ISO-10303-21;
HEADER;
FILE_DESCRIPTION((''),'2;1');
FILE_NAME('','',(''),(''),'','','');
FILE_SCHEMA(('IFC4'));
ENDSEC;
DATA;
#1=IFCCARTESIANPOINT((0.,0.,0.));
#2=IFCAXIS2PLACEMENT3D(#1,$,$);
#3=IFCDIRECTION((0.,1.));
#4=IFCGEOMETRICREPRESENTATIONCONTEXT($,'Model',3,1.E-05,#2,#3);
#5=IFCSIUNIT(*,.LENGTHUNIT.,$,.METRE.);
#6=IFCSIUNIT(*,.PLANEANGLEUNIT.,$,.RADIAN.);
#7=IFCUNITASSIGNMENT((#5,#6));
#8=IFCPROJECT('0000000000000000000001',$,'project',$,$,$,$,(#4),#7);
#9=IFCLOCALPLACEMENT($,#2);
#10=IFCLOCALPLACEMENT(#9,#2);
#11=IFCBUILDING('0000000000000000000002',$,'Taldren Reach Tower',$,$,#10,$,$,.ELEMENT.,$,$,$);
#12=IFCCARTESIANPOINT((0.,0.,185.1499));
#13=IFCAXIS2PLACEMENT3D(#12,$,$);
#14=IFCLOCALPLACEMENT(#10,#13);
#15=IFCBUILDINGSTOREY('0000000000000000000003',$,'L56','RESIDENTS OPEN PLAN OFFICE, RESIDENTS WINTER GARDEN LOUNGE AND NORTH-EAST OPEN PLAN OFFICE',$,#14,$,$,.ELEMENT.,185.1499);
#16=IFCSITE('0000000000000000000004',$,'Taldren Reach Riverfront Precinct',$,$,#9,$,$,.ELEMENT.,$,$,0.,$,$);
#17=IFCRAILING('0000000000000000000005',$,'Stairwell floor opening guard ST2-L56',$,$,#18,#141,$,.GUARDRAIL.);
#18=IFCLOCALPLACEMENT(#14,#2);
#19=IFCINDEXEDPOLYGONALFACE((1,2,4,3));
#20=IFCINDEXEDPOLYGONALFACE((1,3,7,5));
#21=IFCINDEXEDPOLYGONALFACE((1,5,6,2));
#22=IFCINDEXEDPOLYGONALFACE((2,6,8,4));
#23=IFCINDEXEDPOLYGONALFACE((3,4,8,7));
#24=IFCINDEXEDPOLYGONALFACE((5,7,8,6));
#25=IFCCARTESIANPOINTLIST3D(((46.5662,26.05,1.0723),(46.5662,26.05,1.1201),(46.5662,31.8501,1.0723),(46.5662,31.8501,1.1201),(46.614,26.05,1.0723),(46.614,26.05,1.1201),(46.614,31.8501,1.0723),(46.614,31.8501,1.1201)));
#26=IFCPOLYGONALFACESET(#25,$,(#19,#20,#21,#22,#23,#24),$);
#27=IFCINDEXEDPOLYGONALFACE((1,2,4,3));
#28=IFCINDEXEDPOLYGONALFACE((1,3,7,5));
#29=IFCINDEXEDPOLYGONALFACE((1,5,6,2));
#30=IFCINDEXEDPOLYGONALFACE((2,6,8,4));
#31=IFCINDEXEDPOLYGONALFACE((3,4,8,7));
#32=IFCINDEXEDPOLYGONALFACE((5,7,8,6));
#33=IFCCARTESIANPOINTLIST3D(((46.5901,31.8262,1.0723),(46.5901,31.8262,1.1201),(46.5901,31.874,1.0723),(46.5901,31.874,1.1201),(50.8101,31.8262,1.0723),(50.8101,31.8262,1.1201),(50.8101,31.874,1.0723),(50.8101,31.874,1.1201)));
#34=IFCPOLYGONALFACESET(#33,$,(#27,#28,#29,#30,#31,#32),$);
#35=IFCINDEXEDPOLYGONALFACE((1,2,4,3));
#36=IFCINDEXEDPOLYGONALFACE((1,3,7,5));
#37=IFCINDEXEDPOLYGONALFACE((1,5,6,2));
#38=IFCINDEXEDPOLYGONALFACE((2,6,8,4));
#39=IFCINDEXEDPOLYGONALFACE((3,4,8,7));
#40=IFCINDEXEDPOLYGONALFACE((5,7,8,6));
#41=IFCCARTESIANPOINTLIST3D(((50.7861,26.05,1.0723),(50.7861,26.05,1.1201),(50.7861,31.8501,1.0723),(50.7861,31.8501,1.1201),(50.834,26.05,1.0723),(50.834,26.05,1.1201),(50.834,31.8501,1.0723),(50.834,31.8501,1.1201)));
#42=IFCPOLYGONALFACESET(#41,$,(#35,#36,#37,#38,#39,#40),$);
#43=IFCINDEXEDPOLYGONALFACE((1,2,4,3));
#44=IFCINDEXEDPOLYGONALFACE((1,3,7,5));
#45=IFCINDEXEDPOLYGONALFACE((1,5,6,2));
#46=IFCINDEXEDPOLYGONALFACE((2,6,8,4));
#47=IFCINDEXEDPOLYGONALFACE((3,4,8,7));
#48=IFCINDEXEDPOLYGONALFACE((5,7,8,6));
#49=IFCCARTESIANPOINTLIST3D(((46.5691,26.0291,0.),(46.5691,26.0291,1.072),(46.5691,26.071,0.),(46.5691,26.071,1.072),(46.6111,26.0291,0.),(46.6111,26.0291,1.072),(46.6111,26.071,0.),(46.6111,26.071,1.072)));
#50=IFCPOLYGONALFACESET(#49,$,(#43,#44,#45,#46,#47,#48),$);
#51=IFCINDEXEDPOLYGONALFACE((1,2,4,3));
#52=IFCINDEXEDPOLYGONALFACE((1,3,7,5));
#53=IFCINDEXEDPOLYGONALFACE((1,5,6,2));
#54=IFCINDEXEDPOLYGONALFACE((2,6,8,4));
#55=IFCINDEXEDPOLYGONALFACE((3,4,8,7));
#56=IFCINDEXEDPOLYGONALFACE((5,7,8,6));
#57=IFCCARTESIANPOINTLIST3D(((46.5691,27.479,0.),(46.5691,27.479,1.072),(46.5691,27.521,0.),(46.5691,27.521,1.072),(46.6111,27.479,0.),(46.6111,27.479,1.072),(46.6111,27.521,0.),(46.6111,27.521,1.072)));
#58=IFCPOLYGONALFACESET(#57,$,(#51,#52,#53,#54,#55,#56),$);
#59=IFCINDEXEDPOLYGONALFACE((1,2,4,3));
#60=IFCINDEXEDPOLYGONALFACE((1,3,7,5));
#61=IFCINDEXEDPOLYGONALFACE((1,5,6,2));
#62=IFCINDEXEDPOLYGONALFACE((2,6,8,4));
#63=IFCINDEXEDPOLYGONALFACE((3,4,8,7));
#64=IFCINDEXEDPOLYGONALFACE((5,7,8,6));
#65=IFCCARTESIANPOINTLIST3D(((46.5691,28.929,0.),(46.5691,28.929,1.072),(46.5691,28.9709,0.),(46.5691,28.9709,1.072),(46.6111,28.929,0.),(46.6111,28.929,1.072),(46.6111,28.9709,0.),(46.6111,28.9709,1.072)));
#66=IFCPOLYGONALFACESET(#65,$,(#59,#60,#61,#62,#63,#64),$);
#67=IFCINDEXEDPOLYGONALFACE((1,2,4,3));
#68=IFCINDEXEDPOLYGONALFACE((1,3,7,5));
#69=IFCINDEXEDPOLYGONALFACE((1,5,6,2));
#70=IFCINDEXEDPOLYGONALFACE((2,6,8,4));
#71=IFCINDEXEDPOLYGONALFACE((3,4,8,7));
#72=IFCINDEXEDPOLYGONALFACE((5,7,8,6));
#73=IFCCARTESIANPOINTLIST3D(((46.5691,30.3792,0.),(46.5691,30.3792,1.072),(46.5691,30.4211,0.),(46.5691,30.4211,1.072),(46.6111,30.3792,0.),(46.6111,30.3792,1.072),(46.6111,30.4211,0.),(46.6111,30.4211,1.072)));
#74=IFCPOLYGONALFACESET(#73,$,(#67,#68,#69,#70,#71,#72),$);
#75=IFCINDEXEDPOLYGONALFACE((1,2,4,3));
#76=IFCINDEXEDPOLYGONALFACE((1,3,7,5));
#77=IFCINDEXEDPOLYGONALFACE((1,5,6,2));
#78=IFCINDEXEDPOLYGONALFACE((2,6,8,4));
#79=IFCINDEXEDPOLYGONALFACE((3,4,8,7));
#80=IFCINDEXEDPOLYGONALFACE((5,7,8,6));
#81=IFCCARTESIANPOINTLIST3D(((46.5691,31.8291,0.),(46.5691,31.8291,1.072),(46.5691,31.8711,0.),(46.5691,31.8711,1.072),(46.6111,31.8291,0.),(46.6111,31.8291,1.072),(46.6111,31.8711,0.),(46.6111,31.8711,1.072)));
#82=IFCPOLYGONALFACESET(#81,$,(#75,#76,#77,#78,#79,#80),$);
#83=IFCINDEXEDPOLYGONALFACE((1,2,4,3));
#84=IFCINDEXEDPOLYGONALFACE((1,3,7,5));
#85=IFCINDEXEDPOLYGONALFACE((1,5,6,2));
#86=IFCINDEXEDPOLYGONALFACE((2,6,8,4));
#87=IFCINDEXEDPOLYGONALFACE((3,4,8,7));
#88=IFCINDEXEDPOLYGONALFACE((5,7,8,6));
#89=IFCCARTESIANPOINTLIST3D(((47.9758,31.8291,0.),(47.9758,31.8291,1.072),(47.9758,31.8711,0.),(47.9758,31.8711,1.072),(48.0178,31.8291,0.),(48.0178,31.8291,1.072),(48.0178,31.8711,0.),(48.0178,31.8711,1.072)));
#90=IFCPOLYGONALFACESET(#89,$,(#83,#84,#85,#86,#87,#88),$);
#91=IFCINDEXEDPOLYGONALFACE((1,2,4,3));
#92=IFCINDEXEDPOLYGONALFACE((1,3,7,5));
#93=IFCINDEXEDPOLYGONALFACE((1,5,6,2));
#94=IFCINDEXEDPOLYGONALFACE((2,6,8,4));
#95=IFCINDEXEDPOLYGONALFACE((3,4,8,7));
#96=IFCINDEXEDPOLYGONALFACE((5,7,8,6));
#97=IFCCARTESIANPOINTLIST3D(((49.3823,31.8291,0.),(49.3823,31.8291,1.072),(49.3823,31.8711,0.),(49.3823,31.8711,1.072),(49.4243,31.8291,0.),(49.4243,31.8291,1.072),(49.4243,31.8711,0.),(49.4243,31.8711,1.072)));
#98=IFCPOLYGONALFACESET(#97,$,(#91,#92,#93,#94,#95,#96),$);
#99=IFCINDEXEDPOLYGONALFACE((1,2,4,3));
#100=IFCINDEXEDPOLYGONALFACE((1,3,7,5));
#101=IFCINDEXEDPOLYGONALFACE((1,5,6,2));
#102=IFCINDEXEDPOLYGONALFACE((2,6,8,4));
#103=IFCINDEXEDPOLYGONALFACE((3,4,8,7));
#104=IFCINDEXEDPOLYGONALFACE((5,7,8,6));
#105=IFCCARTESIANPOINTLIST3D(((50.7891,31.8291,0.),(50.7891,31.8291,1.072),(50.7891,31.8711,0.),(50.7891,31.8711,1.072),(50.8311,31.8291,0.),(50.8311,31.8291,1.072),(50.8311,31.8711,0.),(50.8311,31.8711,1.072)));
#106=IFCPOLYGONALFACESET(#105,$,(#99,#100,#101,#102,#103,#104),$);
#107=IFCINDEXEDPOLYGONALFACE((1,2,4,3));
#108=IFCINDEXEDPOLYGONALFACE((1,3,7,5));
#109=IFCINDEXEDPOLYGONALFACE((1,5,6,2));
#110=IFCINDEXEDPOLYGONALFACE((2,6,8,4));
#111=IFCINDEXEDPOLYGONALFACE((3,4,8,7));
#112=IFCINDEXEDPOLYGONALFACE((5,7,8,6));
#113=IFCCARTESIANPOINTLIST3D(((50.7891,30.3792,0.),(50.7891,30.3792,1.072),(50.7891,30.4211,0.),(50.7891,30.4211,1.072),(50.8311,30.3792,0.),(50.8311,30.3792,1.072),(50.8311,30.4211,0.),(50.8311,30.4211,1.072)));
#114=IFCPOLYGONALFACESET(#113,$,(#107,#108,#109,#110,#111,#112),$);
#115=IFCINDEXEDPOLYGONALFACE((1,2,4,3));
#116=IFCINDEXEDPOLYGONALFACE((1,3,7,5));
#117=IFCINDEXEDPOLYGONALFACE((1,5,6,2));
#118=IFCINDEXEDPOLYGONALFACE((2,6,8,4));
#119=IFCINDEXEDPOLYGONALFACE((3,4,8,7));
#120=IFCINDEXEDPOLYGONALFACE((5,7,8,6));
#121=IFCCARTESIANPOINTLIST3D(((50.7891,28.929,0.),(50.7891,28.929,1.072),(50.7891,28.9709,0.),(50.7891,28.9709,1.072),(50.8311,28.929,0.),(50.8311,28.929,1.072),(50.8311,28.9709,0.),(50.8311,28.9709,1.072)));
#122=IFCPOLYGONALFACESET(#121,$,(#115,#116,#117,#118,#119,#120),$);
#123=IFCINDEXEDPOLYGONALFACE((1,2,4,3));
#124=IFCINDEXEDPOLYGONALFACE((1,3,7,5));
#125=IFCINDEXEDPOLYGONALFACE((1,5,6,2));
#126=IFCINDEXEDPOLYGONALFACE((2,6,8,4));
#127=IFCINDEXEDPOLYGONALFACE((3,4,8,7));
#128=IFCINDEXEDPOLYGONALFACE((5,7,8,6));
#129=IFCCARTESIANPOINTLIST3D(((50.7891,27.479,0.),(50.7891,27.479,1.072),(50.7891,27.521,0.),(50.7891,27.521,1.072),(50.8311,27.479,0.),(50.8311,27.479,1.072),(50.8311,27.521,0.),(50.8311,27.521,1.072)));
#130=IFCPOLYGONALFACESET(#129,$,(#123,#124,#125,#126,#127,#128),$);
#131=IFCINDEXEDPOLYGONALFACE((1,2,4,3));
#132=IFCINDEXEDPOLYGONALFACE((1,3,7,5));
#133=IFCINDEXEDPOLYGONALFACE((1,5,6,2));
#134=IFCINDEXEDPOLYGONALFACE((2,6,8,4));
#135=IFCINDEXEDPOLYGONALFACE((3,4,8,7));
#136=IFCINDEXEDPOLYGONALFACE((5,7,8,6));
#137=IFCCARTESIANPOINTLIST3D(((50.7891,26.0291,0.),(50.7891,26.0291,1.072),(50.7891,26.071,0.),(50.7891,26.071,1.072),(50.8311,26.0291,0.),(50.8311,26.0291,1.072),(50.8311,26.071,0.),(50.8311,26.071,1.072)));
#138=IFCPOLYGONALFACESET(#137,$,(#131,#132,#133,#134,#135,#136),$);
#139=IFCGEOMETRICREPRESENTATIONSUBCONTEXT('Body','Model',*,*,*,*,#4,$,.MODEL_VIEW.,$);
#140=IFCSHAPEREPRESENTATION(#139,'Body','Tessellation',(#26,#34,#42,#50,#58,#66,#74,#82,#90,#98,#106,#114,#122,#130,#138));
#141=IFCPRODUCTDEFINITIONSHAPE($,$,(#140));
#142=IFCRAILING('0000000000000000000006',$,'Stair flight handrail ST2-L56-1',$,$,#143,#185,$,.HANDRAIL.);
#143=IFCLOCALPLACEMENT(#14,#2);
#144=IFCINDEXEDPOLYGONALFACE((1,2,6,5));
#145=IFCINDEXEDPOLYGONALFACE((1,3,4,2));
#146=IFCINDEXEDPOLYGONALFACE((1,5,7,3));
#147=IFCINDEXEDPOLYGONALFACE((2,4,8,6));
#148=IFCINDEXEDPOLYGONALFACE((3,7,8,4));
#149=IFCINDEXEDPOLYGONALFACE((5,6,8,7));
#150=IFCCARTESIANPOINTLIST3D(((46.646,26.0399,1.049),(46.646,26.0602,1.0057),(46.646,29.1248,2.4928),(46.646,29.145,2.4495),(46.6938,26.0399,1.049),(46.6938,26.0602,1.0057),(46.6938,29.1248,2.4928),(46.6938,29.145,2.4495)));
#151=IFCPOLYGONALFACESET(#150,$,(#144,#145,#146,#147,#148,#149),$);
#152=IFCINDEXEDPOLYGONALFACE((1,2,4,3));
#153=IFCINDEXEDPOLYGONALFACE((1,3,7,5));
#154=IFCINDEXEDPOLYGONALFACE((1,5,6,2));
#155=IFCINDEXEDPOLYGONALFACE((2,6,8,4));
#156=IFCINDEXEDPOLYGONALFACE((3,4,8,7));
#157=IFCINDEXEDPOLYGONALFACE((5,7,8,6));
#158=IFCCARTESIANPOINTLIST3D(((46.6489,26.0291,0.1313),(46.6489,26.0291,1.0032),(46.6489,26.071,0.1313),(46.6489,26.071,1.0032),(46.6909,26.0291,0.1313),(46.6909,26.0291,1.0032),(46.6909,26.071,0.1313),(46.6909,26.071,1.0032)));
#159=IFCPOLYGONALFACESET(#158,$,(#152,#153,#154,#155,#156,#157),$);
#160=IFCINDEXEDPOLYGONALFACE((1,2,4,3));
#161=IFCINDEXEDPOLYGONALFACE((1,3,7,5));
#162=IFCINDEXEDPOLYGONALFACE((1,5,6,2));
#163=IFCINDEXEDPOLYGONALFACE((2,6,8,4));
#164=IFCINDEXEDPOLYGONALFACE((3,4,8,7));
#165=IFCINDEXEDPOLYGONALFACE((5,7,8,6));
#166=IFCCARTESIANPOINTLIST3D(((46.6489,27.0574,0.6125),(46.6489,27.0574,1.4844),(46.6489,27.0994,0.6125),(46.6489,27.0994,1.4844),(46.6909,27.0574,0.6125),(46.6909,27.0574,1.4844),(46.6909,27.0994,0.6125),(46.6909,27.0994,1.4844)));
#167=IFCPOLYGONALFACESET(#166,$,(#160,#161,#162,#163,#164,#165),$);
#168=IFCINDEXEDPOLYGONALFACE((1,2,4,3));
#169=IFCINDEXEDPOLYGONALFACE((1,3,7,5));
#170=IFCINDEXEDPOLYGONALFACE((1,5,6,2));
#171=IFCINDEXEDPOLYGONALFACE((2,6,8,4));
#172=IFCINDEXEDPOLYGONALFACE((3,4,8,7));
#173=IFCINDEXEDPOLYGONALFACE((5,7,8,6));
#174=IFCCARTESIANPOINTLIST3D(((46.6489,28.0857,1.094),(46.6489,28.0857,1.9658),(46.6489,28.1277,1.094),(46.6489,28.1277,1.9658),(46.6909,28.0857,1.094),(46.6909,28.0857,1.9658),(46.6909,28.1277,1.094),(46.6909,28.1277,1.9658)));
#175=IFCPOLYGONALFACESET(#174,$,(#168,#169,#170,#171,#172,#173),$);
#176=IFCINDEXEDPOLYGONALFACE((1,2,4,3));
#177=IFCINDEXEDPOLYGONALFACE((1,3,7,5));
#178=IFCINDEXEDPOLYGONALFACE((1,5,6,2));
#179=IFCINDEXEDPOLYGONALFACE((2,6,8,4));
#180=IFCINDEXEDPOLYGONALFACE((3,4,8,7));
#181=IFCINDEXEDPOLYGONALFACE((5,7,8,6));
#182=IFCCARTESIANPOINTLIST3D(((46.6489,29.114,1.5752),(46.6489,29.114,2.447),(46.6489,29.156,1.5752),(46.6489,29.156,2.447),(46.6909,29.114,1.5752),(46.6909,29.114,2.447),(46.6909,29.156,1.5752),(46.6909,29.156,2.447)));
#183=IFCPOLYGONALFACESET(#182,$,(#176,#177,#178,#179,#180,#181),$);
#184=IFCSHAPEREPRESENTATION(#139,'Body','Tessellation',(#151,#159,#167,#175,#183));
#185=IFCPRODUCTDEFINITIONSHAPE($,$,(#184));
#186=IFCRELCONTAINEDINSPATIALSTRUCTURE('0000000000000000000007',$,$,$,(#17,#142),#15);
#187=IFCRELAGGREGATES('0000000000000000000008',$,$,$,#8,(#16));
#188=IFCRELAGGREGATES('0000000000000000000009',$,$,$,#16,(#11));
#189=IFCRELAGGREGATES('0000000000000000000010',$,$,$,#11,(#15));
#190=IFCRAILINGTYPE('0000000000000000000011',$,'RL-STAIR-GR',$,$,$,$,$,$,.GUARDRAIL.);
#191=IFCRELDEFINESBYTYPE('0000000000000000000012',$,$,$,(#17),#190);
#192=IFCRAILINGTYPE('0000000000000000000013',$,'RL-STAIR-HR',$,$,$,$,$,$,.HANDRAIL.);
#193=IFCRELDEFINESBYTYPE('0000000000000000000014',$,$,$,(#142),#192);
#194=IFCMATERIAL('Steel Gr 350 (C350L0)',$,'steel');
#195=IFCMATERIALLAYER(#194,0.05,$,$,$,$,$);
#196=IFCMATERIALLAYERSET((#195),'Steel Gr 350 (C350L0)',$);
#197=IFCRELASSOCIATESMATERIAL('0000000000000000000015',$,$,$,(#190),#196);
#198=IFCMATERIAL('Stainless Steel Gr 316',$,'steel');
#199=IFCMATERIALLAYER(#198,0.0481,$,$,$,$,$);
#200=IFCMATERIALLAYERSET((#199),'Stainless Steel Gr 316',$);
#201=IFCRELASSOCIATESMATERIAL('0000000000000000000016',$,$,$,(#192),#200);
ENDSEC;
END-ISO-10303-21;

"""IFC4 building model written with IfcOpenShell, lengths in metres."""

from ifc_helpers import new_model, si_unit, direction, frame, origin, origin_2d, place, context, subcontext, project, spatial, rectangle, extrude, material, layer, layer_set, type_object, element, save


model = new_model("IFC4")

# Units and contexts
model_context = context("Model", 3, precision=1e-05, world=origin(), true_north=direction((0.0, 1.0)))
body_context = subcontext(model_context, "Body", "Model", "MODEL_VIEW")
ifc_project = project(units=[si_unit("LENGTHUNIT", "METRE"), si_unit("PLANEANGLEUNIT", "RADIAN")], contexts=[model_context])

# Site, building, storey
site_placement = place(None, origin())
site = spatial("IfcSite", under=ifc_project, at=site_placement, Name="Taldren Reach Riverfront Precinct", CompositionType="ELEMENT", RefElevation=0.0)
building_placement = place(site_placement, origin())
building = spatial("IfcBuilding", under=site, at=building_placement, Name="Taldren Reach Tower", CompositionType="ELEMENT")
storey_placement = place(building_placement, frame((0.0, 0.0, 185.1499)))
storey = spatial("IfcBuildingStorey", under=building, at=storey_placement, Name="L56", Description="RESIDENTS OPEN PLAN OFFICE, RESIDENTS WINTER GARDEN LOUNGE AND NORTH-EAST OPEN PLAN OFFICE", CompositionType="ELEMENT", Elevation=185.1499)

# Railings
ifc_material_1 = material(Name="Steel Gr 350 (C350L0)", Category="steel")
ifc_layer_1 = layer(ifc_material_1, 0.05)
ifc_layer_set_1 = layer_set([ifc_layer_1], Name="Steel Gr 350 (C350L0)")
railing_type_1 = type_object("IfcRailingType", Name="RL-STAIR-GR", PredefinedType="GUARDRAIL", material=ifc_layer_set_1)
railing_1_placement = place(storey_placement, frame((46.5901, 26.05, 0.0)))
element("IfcRailing", 1, at=railing_1_placement, inside=storey, type_object=railing_type_1, Name="Stairwell floor opening guard ST2-L56", PredefinedType="GUARDRAIL", context=body_context, shape_type="SweptSolid", body=[
    extrude(rectangle(XDim=0.0479, YDim=0.0479, at=origin_2d()), frame((0.0, 0.0, 1.0962), z_axis=(0.0, 1.0, 0.0), x_axis=(-1.0, 0.0, 0.0)), (0.0, 0.0, 1.0), 5.8),
    extrude(rectangle(XDim=0.0479, YDim=0.0479, at=origin_2d()), frame((0.0, 5.8, 1.0962), z_axis=(1.0, 0.0, 0.0), x_axis=(0.0, 1.0, 0.0)), (0.0, 0.0, 1.0), 4.22),
    extrude(rectangle(XDim=0.0479, YDim=0.0479, at=origin_2d()), frame((4.22, 5.8, 1.0962), z_axis=(0.0, -1.0, 0.0), x_axis=(1.0, 0.0, 0.0)), (0.0, 0.0, 1.0), 5.8),
    extrude(rectangle(XDim=0.042, YDim=0.042, at=origin_2d()), origin(), (0.0, 0.0, 1.0), 1.072),
    extrude(rectangle(XDim=0.042, YDim=0.042, at=origin_2d()), frame((0.0, 1.45, 0.0)), (0.0, 0.0, 1.0), 1.072),
    extrude(rectangle(XDim=0.042, YDim=0.042, at=origin_2d()), frame((0.0, 2.8999, 0.0)), (0.0, 0.0, 1.0), 1.072),
    extrude(rectangle(XDim=0.042, YDim=0.042, at=origin_2d()), frame((0.0, 4.3501, 0.0)), (0.0, 0.0, 1.0), 1.072),
    extrude(rectangle(XDim=0.042, YDim=0.042, at=origin_2d()), frame((0.0, 5.8, 0.0)), (0.0, 0.0, 1.0), 1.072),
    extrude(rectangle(XDim=0.042, YDim=0.042, at=origin_2d()), frame((1.4067, 5.8, 0.0)), (0.0, 0.0, 1.0), 1.072),
    extrude(rectangle(XDim=0.042, YDim=0.042, at=origin_2d()), frame((2.8132, 5.8, 0.0)), (0.0, 0.0, 1.0), 1.072),
    extrude(rectangle(XDim=0.042, YDim=0.042, at=origin_2d()), frame((4.22, 5.8, 0.0)), (0.0, 0.0, 1.0), 1.072),
    extrude(rectangle(XDim=0.042, YDim=0.042, at=origin_2d()), frame((4.22, 4.3501, 0.0)), (0.0, 0.0, 1.0), 1.072),
    extrude(rectangle(XDim=0.042, YDim=0.042, at=origin_2d()), frame((4.22, 2.8999, 0.0)), (0.0, 0.0, 1.0), 1.072),
    extrude(rectangle(XDim=0.042, YDim=0.042, at=origin_2d()), frame((4.22, 1.45, 0.0)), (0.0, 0.0, 1.0), 1.072),
    extrude(rectangle(XDim=0.042, YDim=0.042, at=origin_2d()), frame((4.22, 0.0, 0.0)), (0.0, 0.0, 1.0), 1.072),
])
ifc_material_2 = material(Name="Stainless Steel Gr 316", Category="steel")
ifc_layer_2 = layer(ifc_material_2, 0.0481)
ifc_layer_set_2 = layer_set([ifc_layer_2], Name="Stainless Steel Gr 316")
railing_type_2 = type_object("IfcRailingType", Name="RL-STAIR-HR", PredefinedType="HANDRAIL", material=ifc_layer_set_2)
railing_2_placement = place(storey_placement, frame((46.6699, 26.05, 0.1313)))
element("IfcRailing", 2, at=railing_2_placement, inside=storey, type_object=railing_type_2, Name="Stair flight handrail ST2-L56-1", PredefinedType="HANDRAIL", context=body_context, shape_type="SweptSolid", body=[
    extrude(rectangle(XDim=0.0479, YDim=0.0479, at=origin_2d()), frame((0.0, 0.0, 0.896), z_axis=(0.0, 0.90571, 0.423898), x_axis=(-1.0, 0.0, 0.0)), (0.0, 0.0, 1.0), 3.406),
    extrude(rectangle(XDim=0.042, YDim=0.042, at=origin_2d()), origin(), (0.0, 0.0, 1.0), 0.8718),
    extrude(rectangle(XDim=0.042, YDim=0.042, at=origin_2d()), frame((0.0, 1.0283, 0.4812)), (0.0, 0.0, 1.0), 0.8718),
    extrude(rectangle(XDim=0.042, YDim=0.042, at=origin_2d()), frame((0.0, 2.0566, 0.9626)), (0.0, 0.0, 1.0), 0.8718),
    extrude(rectangle(XDim=0.042, YDim=0.042, at=origin_2d()), frame((0.0, 3.085, 1.4438)), (0.0, 0.0, 1.0), 0.8718),
])

save(model, "model.ifc")
